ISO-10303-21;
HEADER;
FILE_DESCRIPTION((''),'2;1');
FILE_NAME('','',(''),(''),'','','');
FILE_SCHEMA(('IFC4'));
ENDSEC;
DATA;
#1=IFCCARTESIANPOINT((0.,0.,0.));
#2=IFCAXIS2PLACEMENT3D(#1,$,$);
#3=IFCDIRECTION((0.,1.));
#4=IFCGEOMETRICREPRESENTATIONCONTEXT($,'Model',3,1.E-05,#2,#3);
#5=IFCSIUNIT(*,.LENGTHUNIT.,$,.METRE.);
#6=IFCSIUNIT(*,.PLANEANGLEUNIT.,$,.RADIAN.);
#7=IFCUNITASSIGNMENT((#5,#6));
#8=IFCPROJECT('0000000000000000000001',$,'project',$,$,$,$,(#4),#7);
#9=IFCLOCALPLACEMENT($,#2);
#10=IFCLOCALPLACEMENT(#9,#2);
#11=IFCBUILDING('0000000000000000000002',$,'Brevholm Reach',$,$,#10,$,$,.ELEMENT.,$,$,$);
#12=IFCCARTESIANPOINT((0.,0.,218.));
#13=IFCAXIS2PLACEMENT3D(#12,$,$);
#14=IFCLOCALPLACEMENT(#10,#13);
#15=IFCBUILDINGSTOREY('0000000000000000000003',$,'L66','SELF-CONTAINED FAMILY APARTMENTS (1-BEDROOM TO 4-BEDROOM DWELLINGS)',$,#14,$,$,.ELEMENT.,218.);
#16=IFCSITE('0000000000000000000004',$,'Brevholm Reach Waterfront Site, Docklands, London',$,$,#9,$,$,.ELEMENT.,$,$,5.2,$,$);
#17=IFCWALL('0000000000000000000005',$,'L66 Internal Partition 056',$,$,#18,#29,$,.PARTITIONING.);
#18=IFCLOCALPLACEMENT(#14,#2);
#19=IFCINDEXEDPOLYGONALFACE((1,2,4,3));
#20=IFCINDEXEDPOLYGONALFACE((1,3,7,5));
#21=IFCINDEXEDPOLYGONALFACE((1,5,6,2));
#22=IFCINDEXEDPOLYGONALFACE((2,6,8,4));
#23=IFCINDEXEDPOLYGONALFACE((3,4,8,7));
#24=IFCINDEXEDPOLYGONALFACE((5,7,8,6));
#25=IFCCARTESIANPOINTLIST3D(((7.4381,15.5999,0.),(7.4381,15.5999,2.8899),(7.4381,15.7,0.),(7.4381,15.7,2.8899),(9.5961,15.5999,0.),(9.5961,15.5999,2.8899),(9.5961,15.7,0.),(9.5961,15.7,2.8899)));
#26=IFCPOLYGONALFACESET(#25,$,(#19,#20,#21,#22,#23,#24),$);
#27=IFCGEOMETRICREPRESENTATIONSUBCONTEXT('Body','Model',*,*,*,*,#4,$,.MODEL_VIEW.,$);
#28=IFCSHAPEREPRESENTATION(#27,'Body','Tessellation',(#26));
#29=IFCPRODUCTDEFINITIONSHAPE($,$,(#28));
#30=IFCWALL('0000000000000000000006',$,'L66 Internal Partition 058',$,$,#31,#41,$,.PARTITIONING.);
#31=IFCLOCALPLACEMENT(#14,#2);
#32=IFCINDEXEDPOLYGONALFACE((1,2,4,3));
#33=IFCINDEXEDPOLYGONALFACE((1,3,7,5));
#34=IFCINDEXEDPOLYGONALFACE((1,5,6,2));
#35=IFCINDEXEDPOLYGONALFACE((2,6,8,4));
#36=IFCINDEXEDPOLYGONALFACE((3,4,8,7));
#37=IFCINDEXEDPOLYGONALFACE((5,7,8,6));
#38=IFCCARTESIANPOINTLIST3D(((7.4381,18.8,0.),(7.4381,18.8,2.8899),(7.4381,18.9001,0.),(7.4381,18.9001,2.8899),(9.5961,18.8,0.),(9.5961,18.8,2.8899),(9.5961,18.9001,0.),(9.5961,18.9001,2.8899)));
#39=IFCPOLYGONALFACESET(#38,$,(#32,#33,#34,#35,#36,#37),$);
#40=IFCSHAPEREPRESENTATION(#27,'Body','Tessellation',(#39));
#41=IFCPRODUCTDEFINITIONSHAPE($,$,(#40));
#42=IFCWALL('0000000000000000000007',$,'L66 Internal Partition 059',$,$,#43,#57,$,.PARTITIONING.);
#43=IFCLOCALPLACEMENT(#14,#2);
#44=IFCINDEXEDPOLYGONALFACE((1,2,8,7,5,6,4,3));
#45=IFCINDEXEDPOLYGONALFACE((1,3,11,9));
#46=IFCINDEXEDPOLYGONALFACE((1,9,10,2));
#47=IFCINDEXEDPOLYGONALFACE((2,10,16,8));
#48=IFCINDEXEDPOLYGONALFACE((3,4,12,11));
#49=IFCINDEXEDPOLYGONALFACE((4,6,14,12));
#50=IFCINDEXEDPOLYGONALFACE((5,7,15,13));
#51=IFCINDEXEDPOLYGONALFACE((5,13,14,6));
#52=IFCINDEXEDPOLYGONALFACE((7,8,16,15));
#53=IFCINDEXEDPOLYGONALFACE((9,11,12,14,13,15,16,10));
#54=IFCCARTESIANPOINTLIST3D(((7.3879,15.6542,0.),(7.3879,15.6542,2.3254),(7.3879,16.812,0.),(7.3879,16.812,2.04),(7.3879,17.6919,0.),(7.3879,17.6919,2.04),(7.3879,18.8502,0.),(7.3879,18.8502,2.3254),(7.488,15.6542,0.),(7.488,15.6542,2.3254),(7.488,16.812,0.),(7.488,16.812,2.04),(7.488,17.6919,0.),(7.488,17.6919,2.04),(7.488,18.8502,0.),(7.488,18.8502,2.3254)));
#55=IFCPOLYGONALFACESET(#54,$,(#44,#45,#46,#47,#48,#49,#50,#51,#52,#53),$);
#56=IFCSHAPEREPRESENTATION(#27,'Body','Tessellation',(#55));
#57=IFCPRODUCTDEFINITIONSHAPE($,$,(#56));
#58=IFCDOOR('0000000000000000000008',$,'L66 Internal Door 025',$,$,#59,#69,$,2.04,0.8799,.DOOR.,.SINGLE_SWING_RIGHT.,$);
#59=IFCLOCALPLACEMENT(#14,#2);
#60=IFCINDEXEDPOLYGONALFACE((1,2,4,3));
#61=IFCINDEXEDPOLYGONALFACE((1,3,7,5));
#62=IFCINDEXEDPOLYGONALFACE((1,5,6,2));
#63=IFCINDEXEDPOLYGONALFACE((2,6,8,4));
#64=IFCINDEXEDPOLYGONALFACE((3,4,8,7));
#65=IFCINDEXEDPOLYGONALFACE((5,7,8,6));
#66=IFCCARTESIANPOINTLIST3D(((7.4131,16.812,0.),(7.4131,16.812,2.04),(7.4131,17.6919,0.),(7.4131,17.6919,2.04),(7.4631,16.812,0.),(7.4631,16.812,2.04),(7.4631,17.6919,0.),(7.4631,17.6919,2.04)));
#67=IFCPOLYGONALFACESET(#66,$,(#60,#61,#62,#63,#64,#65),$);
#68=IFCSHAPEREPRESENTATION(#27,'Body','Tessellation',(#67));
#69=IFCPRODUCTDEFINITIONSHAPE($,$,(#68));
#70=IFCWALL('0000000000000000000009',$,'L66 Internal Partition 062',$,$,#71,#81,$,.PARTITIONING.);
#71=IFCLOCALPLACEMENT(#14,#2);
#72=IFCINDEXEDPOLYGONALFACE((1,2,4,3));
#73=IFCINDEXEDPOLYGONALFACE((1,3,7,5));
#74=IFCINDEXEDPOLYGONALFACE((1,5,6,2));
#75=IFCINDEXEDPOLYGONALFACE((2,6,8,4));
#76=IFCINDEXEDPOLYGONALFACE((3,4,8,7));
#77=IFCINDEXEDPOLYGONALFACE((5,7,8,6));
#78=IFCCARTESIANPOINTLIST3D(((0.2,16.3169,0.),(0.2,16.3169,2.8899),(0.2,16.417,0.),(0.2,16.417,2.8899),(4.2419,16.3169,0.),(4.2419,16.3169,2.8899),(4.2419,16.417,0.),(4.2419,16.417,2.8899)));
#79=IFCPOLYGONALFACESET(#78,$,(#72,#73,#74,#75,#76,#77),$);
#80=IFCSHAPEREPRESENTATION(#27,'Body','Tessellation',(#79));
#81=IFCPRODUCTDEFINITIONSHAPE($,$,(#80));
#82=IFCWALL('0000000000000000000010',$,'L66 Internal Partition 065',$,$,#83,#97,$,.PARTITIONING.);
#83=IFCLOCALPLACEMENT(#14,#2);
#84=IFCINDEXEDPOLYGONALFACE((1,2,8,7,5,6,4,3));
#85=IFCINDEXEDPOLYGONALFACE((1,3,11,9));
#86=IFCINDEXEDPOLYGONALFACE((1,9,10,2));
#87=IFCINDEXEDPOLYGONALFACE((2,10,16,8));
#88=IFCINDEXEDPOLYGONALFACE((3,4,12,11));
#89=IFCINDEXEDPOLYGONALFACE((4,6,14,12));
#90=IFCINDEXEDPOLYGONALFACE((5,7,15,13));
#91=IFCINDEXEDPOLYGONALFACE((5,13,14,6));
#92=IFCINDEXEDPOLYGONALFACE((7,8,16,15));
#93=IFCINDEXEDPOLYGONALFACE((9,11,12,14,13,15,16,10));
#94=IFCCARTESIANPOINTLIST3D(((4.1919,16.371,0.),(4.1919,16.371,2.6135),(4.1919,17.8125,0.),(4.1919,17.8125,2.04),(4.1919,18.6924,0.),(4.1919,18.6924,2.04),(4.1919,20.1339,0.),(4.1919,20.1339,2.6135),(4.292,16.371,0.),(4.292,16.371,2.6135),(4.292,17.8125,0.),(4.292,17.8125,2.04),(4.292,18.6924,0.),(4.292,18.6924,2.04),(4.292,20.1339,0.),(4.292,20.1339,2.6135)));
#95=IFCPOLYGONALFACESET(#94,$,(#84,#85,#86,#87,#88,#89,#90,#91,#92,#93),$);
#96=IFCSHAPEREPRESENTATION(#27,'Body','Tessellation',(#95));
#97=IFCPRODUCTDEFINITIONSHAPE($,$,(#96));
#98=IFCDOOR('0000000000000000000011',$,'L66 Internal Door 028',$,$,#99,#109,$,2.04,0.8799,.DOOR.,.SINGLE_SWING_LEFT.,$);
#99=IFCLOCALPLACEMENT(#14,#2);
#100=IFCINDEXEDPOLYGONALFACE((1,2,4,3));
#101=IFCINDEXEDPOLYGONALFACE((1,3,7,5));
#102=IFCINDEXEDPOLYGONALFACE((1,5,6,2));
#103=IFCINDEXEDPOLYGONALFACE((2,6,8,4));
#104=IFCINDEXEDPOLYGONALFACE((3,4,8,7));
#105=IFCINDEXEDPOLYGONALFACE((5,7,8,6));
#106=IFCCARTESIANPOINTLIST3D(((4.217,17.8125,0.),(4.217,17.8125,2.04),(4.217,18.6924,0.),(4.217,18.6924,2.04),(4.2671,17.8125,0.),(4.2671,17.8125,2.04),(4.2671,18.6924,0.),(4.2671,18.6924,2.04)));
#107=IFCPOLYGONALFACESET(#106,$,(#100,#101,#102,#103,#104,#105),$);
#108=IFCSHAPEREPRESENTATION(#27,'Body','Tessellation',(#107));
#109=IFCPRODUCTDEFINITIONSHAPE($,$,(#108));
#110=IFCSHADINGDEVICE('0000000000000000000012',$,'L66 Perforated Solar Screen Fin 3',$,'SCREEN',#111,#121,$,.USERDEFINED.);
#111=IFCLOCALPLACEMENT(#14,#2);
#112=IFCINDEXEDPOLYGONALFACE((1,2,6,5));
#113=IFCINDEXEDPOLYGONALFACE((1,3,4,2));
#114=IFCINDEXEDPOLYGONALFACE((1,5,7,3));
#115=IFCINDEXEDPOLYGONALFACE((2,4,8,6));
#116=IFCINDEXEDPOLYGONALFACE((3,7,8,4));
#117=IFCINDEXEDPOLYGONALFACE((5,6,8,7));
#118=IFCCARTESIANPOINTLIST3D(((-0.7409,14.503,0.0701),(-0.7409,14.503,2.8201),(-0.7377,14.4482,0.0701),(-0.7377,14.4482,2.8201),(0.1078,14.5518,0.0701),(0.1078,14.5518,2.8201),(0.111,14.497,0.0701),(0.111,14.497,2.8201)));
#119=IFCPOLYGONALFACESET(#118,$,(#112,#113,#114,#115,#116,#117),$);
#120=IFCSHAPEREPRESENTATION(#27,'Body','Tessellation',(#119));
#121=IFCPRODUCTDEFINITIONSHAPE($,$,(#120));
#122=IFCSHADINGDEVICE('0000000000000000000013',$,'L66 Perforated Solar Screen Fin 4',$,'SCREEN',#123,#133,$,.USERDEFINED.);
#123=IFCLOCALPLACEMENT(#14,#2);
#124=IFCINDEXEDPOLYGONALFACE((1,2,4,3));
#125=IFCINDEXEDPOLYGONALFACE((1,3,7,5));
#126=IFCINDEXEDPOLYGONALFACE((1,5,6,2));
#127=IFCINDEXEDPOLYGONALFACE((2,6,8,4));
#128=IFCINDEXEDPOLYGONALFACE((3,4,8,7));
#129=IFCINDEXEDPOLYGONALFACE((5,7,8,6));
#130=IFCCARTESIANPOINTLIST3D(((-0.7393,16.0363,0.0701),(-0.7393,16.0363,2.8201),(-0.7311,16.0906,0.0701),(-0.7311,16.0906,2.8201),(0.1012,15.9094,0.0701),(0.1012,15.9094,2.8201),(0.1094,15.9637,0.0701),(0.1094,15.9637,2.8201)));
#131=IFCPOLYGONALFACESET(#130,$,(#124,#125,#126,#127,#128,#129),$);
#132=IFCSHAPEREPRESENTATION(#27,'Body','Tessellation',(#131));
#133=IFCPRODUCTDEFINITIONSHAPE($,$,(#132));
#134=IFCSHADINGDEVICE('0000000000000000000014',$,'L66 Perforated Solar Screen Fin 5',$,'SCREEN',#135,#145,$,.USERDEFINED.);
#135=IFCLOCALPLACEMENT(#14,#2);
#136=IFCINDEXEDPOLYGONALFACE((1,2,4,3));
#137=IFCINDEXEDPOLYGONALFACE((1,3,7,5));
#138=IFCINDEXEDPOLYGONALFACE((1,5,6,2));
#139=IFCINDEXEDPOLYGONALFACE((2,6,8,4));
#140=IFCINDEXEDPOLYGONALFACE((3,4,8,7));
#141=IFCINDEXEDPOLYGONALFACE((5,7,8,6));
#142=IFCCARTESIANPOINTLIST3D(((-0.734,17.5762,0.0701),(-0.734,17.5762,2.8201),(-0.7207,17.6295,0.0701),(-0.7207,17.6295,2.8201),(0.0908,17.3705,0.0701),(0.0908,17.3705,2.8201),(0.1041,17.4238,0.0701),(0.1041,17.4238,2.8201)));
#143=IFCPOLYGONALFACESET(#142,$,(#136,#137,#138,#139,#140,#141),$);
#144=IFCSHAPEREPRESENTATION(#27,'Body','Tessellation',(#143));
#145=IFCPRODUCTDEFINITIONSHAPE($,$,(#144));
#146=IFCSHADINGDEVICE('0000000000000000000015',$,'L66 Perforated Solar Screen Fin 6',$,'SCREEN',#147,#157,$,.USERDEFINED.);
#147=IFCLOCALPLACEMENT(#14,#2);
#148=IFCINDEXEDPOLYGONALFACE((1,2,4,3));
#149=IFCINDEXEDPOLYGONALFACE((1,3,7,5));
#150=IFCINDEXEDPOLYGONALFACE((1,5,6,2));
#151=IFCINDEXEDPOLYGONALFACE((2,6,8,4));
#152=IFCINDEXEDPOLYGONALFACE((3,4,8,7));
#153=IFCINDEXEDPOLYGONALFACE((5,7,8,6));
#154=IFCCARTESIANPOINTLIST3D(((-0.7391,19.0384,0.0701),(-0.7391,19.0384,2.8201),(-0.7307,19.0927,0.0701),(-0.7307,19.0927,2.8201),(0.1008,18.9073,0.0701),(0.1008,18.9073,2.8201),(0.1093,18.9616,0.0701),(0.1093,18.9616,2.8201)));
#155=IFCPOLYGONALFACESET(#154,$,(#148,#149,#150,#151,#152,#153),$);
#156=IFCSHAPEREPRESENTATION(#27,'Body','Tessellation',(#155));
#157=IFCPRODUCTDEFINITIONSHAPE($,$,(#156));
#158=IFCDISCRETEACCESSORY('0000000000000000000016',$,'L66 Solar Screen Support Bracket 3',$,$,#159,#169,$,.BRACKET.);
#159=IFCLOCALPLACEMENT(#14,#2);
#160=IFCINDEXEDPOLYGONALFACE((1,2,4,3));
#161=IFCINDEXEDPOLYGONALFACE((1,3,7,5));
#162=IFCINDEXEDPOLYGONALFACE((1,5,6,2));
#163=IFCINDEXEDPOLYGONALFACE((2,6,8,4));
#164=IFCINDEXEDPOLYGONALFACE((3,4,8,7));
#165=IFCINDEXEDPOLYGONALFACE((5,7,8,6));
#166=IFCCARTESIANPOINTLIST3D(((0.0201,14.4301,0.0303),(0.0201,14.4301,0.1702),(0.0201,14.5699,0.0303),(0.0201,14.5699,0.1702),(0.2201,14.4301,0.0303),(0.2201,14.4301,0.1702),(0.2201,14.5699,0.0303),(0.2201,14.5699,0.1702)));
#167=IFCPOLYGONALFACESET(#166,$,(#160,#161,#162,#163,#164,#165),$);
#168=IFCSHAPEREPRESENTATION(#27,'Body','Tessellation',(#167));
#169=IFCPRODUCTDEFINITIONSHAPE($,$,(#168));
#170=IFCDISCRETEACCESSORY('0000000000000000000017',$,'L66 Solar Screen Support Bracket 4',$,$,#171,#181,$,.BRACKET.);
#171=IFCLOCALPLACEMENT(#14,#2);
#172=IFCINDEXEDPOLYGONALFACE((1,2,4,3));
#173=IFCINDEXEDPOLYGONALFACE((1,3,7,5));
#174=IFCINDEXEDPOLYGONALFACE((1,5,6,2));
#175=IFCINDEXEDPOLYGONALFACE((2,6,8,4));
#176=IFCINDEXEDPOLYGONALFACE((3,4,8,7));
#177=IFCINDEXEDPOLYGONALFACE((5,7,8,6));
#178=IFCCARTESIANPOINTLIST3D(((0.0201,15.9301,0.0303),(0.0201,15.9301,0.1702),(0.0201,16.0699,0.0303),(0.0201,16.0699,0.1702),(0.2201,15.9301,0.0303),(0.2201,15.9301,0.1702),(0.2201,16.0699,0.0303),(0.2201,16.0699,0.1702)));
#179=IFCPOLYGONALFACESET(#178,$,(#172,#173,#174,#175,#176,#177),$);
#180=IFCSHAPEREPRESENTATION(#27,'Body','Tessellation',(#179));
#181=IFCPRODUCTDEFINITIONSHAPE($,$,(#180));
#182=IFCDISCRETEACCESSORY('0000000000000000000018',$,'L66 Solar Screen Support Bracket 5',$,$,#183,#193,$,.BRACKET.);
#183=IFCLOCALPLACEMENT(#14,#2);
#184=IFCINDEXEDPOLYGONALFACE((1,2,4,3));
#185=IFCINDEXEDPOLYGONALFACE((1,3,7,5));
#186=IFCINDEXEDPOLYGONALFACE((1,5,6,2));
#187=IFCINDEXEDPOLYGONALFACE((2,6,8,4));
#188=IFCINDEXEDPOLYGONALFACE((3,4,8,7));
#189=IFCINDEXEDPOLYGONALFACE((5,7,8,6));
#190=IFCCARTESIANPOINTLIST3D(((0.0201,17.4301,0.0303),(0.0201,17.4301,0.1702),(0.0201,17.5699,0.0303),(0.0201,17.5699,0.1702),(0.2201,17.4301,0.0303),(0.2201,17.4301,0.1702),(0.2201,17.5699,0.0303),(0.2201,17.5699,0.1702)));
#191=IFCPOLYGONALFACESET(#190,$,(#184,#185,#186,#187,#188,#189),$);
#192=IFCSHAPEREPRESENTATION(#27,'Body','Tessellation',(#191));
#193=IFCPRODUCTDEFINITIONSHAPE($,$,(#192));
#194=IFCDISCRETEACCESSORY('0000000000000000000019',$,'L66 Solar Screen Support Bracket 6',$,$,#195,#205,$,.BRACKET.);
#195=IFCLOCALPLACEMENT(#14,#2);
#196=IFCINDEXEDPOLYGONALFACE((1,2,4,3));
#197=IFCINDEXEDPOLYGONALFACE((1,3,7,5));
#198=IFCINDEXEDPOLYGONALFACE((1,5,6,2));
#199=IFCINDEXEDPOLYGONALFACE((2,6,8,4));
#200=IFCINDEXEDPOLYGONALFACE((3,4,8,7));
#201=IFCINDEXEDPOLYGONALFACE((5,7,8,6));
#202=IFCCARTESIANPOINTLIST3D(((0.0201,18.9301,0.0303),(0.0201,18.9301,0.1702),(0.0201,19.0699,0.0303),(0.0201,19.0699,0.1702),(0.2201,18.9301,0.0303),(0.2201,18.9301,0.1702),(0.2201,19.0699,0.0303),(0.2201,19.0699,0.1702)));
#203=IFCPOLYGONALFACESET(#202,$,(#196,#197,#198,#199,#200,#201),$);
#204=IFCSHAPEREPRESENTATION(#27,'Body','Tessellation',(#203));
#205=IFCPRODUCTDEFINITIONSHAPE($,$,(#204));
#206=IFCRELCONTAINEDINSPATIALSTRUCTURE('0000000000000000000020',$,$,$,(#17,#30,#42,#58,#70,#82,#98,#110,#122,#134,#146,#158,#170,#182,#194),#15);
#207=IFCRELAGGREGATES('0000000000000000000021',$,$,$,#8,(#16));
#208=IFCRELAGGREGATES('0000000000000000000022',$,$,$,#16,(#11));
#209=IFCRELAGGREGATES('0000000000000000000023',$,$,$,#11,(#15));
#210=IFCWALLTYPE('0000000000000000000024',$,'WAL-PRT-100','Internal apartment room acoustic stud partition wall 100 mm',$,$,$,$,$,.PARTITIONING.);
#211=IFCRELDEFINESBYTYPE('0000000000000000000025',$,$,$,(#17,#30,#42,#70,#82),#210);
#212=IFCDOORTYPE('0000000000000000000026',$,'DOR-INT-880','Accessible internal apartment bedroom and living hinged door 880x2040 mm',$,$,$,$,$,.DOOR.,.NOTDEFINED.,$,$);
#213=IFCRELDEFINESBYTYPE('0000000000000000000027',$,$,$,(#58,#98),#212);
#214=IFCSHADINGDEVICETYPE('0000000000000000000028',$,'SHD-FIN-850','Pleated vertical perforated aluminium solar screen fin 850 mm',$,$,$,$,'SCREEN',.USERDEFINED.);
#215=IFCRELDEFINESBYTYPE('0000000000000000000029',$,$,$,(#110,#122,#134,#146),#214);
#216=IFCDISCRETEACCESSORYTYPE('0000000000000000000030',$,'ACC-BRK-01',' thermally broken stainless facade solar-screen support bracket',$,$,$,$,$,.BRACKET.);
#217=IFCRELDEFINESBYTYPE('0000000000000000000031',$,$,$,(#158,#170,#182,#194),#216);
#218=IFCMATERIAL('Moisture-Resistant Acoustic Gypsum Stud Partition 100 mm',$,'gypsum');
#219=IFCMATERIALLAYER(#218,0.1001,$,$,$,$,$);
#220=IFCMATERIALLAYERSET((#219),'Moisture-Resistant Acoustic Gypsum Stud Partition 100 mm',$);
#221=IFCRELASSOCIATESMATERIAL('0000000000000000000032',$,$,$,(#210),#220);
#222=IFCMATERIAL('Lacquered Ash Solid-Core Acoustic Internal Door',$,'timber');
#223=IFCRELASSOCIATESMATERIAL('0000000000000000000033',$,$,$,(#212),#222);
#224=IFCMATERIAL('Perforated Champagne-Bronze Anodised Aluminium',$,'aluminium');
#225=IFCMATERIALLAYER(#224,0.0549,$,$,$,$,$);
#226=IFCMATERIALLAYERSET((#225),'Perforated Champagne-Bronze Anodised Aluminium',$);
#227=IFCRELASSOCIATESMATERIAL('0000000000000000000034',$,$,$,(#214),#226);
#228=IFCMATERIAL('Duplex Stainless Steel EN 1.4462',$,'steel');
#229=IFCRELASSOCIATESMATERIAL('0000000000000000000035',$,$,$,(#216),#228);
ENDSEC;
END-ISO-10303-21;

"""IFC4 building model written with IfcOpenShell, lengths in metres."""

from ifc_helpers import new_model, si_unit, direction, frame, frame_2d, origin, origin_2d, place, context, subcontext, project, spatial, rectangle, extrude, material, layer, layer_set, type_object, element, fill, save


model = new_model("IFC4")

# Units and contexts
model_context = context("Model", 3, precision=1e-05, world=origin(), true_north=direction((0.0, 1.0)))
body_context = subcontext(model_context, "Body", "Model", "MODEL_VIEW")
ifc_project = project(units=[si_unit("LENGTHUNIT", "METRE"), si_unit("PLANEANGLEUNIT", "RADIAN")], contexts=[model_context])

# Site, building, storey
site_placement = place(None, origin())
site = spatial("IfcSite", under=ifc_project, at=site_placement, Name="Brevholm Reach Waterfront Site, Docklands, London", CompositionType="ELEMENT", RefElevation=5.2)
building_placement = place(site_placement, origin())
building = spatial("IfcBuilding", under=site, at=building_placement, Name="Brevholm Reach", CompositionType="ELEMENT")
storey_placement = place(building_placement, frame((0.0, 0.0, 218.0)))
storey = spatial("IfcBuildingStorey", under=building, at=storey_placement, Name="L66", Description="SELF-CONTAINED FAMILY APARTMENTS (1-BEDROOM TO 4-BEDROOM DWELLINGS)", CompositionType="ELEMENT", Elevation=218.0)

# Walls
ifc_material_1 = material(Name="Moisture-Resistant Acoustic Gypsum Stud Partition 100 mm", Category="gypsum")
ifc_layer_1 = layer(ifc_material_1, 0.1001)
ifc_layer_set_1 = layer_set([ifc_layer_1], Name="Moisture-Resistant Acoustic Gypsum Stud Partition 100 mm")
wall_type = type_object("IfcWallType", Name="WAL-PRT-100", Description="Internal apartment room acoustic stud partition wall 100 mm", PredefinedType="PARTITIONING", material=ifc_layer_set_1)
for number, where, z_axis, x_axis, name in (
    (1, (7.438, 15.6499, 0.0), (0.0, 0.0, 1.0), (1.0, 0.0, 0.0), "L66 Internal Partition 056"),
    (2, (7.438, 18.8501, 0.0), (0.0, 0.0, 1.0), (1.0, 0.0, 0.0), "L66 Internal Partition 058"),
):
    element("IfcWall", number, at=place(storey_placement, frame(where, z_axis=z_axis, x_axis=x_axis)), inside=storey, type_object=wall_type, Name=name, PredefinedType="PARTITIONING", context=body_context, shape_type="SweptSolid", body=[
        extrude(rectangle(XDim=2.158, YDim=0.1001, at=frame_2d((1.0791, 0.0))), origin(), (0.0, 0.0, 1.0), 2.8899),
    ])

# Wall, opening, door
wall_1_placement = place(storey_placement, frame((7.438, 15.6541, 0.0), z_axis=(0.0, 0.0, 1.0), x_axis=(0.0, 1.0, 0.0)))
wall_1 = element("IfcWall", 3, at=wall_1_placement, inside=storey, type_object=wall_type, Name="L66 Internal Partition 059", PredefinedType="PARTITIONING", context=body_context, shape_type="SweptSolid", body=[
    extrude(rectangle(XDim=3.196, YDim=0.1001, at=frame_2d((1.5981, 0.0))), origin(), (0.0, 0.0, 1.0), 2.3254),
])
opening_1_placement = place(wall_1_placement, frame((1.158, 0.0, 0.0)))
opening_1 = element("IfcOpeningElement", 4, at=opening_1_placement, cuts=wall_1, PredefinedType="OPENING", context=body_context, shape_type="SweptSolid", body=[
    extrude(rectangle(XDim=0.8799, YDim=2.04, at=frame_2d((0.4399, 1.02))), frame((0.0, 0.0601, 0.0), z_axis=(0.0, -1.0, 0.0), x_axis=(1.0, 0.0, 0.0)), (0.0, 0.0, 1.0), 0.1201),
])
ifc_material_2 = material(Name="Lacquered Ash Solid-Core Acoustic Internal Door", Category="timber")
door_type = type_object("IfcDoorType", Name="DOR-INT-880", Description="Accessible internal apartment bedroom and living hinged door 880x2040 mm", OperationType="NOTDEFINED", PredefinedType="DOOR", material=ifc_material_2)
door_1_placement = place(opening_1_placement, origin())
door_1 = element("IfcDoor", 5, at=door_1_placement, inside=storey, type_object=door_type, Name="L66 Internal Door 025", OperationType="SINGLE_SWING_RIGHT", OverallHeight=2.04, OverallWidth=0.8799, PredefinedType="DOOR", context=body_context, shape_type="SweptSolid", body=[
    extrude(rectangle(XDim=0.8799, YDim=2.04, at=frame_2d((0.4399, 1.02))), frame((0.0, 0.0249, 0.0), z_axis=(0.0, -1.0, 0.0), x_axis=(1.0, 0.0, 0.0)), (0.0, 0.0, 1.0), 0.05),
])
fill(opening_1, door_1)

# Wall
wall_2_placement = place(storey_placement, frame((0.2, 16.3669, 0.0), z_axis=(0.0, 0.0, 1.0), x_axis=(1.0, 0.0, 0.0)))
element("IfcWall", 6, at=wall_2_placement, inside=storey, type_object=wall_type, Name="L66 Internal Partition 062", PredefinedType="PARTITIONING", context=body_context, shape_type="SweptSolid", body=[
    extrude(rectangle(XDim=4.042, YDim=0.1001, at=frame_2d((2.021, 0.0))), origin(), (0.0, 0.0, 1.0), 2.8899),
])

# Wall, opening, door
wall_3_placement = place(storey_placement, frame((4.2419, 16.3711, 0.0), z_axis=(0.0, 0.0, 1.0), x_axis=(0.0, 1.0, 0.0)))
wall_3 = element("IfcWall", 7, at=wall_3_placement, inside=storey, type_object=wall_type, Name="L66 Internal Partition 065", PredefinedType="PARTITIONING", context=body_context, shape_type="SweptSolid", body=[
    extrude(rectangle(XDim=3.7629, YDim=0.1001, at=frame_2d((1.8813, 0.0))), origin(), (0.0, 0.0, 1.0), 2.6135),
])
opening_2_placement = place(wall_3_placement, frame((1.4414, 0.0, 0.0)))
opening_2 = element("IfcOpeningElement", 8, at=opening_2_placement, cuts=wall_3, PredefinedType="OPENING", context=body_context, shape_type="SweptSolid", body=[
    extrude(rectangle(XDim=0.8799, YDim=2.04, at=frame_2d((0.4399, 1.02))), frame((0.0, 0.0601, 0.0), z_axis=(0.0, -1.0, 0.0), x_axis=(1.0, 0.0, 0.0)), (0.0, 0.0, 1.0), 0.1201),
])
door_2_placement = place(opening_2_placement, origin())
door_2 = element("IfcDoor", 9, at=door_2_placement, inside=storey, type_object=door_type, Name="L66 Internal Door 028", OperationType="SINGLE_SWING_LEFT", OverallHeight=2.04, OverallWidth=0.8799, PredefinedType="DOOR", context=body_context, shape_type="SweptSolid", body=[
    extrude(rectangle(XDim=0.8799, YDim=2.04, at=frame_2d((0.4399, 1.02))), frame((0.0, 0.0249, 0.0), z_axis=(0.0, -1.0, 0.0), x_axis=(1.0, 0.0, 0.0)), (0.0, 0.0, 1.0), 0.05),
])
fill(opening_2, door_2)

# Shading devices
ifc_material_3 = material(Name="Perforated Champagne-Bronze Anodised Aluminium", Category="aluminium")
ifc_layer_2 = layer(ifc_material_3, 0.0549)
ifc_layer_set_2 = layer_set([ifc_layer_2], Name="Perforated Champagne-Bronze Anodised Aluminium")
shading_device_type = type_object("IfcShadingDeviceType", Name="SHD-FIN-850", Description="Pleated vertical perforated aluminium solar screen fin 850 mm", ElementType="SCREEN", PredefinedType="USERDEFINED", material=ifc_layer_set_2)
for number, where, z_axis, x_axis, name in (
    (10, (-0.3149, 14.5, 0.0701), (0.0, 0.0, 1.0), (-0.998348, -0.057459, 0.0), "L66 Perforated Solar Screen Fin 3"),
    (11, (-0.3149, 16.0, 0.0701), (0.0, 0.0, 1.0), (-0.988798, 0.149259, 0.0), "L66 Perforated Solar Screen Fin 4"),
    (12, (-0.3149, 17.5, 0.0701), (0.0, 0.0, 1.0), (-0.9703, 0.241905, 0.0), "L66 Perforated Solar Screen Fin 5"),
    (13, (-0.3149, 19.0, 0.0701), (0.0, 0.0, 1.0), (-0.988035, 0.154228, 0.0), "L66 Perforated Solar Screen Fin 6"),
):
    element("IfcShadingDevice", number, at=place(storey_placement, frame(where, z_axis=z_axis, x_axis=x_axis)), inside=storey, type_object=shading_device_type, Name=name, ObjectType="SCREEN", PredefinedType="USERDEFINED", context=body_context, shape_type="SweptSolid", body=[
        extrude(rectangle(XDim=0.8501, YDim=0.0549, at=origin_2d()), origin(), (0.0, 0.0, 1.0), 2.75),
    ])

# Discrete accessories
ifc_material_4 = material(Name="Duplex Stainless Steel EN 1.4462", Category="steel")
discrete_accessory_type = type_object("IfcDiscreteAccessoryType", Name="ACC-BRK-01", Description=" thermally broken stainless facade solar-screen support bracket", PredefinedType="BRACKET", material=ifc_material_4)
for number, where, z_axis, x_axis, name in (
    (14, (0.1201, 14.5, 0.0303), (0.0, 0.0, 1.0), (-1.0, 0.0, 0.0), "L66 Solar Screen Support Bracket 3"),
    (15, (0.1201, 16.0, 0.0303), (0.0, 0.0, 1.0), (-1.0, 0.0, 0.0), "L66 Solar Screen Support Bracket 4"),
    (16, (0.1201, 17.5, 0.0303), (0.0, 0.0, 1.0), (-1.0, 0.0, 0.0), "L66 Solar Screen Support Bracket 5"),
    (17, (0.1201, 19.0, 0.0303), (0.0, 0.0, 1.0), (-1.0, 0.0, 0.0), "L66 Solar Screen Support Bracket 6"),
):
    element("IfcDiscreteAccessory", number, at=place(storey_placement, frame(where, z_axis=z_axis, x_axis=x_axis)), inside=storey, type_object=discrete_accessory_type, Name=name, PredefinedType="BRACKET", context=body_context, shape_type="SweptSolid", body=[
        extrude(rectangle(XDim=0.2, YDim=0.1399, at=origin_2d()), origin(), (0.0, 0.0, 1.0), 0.1399),
    ])

save(model, "model.ifc")
